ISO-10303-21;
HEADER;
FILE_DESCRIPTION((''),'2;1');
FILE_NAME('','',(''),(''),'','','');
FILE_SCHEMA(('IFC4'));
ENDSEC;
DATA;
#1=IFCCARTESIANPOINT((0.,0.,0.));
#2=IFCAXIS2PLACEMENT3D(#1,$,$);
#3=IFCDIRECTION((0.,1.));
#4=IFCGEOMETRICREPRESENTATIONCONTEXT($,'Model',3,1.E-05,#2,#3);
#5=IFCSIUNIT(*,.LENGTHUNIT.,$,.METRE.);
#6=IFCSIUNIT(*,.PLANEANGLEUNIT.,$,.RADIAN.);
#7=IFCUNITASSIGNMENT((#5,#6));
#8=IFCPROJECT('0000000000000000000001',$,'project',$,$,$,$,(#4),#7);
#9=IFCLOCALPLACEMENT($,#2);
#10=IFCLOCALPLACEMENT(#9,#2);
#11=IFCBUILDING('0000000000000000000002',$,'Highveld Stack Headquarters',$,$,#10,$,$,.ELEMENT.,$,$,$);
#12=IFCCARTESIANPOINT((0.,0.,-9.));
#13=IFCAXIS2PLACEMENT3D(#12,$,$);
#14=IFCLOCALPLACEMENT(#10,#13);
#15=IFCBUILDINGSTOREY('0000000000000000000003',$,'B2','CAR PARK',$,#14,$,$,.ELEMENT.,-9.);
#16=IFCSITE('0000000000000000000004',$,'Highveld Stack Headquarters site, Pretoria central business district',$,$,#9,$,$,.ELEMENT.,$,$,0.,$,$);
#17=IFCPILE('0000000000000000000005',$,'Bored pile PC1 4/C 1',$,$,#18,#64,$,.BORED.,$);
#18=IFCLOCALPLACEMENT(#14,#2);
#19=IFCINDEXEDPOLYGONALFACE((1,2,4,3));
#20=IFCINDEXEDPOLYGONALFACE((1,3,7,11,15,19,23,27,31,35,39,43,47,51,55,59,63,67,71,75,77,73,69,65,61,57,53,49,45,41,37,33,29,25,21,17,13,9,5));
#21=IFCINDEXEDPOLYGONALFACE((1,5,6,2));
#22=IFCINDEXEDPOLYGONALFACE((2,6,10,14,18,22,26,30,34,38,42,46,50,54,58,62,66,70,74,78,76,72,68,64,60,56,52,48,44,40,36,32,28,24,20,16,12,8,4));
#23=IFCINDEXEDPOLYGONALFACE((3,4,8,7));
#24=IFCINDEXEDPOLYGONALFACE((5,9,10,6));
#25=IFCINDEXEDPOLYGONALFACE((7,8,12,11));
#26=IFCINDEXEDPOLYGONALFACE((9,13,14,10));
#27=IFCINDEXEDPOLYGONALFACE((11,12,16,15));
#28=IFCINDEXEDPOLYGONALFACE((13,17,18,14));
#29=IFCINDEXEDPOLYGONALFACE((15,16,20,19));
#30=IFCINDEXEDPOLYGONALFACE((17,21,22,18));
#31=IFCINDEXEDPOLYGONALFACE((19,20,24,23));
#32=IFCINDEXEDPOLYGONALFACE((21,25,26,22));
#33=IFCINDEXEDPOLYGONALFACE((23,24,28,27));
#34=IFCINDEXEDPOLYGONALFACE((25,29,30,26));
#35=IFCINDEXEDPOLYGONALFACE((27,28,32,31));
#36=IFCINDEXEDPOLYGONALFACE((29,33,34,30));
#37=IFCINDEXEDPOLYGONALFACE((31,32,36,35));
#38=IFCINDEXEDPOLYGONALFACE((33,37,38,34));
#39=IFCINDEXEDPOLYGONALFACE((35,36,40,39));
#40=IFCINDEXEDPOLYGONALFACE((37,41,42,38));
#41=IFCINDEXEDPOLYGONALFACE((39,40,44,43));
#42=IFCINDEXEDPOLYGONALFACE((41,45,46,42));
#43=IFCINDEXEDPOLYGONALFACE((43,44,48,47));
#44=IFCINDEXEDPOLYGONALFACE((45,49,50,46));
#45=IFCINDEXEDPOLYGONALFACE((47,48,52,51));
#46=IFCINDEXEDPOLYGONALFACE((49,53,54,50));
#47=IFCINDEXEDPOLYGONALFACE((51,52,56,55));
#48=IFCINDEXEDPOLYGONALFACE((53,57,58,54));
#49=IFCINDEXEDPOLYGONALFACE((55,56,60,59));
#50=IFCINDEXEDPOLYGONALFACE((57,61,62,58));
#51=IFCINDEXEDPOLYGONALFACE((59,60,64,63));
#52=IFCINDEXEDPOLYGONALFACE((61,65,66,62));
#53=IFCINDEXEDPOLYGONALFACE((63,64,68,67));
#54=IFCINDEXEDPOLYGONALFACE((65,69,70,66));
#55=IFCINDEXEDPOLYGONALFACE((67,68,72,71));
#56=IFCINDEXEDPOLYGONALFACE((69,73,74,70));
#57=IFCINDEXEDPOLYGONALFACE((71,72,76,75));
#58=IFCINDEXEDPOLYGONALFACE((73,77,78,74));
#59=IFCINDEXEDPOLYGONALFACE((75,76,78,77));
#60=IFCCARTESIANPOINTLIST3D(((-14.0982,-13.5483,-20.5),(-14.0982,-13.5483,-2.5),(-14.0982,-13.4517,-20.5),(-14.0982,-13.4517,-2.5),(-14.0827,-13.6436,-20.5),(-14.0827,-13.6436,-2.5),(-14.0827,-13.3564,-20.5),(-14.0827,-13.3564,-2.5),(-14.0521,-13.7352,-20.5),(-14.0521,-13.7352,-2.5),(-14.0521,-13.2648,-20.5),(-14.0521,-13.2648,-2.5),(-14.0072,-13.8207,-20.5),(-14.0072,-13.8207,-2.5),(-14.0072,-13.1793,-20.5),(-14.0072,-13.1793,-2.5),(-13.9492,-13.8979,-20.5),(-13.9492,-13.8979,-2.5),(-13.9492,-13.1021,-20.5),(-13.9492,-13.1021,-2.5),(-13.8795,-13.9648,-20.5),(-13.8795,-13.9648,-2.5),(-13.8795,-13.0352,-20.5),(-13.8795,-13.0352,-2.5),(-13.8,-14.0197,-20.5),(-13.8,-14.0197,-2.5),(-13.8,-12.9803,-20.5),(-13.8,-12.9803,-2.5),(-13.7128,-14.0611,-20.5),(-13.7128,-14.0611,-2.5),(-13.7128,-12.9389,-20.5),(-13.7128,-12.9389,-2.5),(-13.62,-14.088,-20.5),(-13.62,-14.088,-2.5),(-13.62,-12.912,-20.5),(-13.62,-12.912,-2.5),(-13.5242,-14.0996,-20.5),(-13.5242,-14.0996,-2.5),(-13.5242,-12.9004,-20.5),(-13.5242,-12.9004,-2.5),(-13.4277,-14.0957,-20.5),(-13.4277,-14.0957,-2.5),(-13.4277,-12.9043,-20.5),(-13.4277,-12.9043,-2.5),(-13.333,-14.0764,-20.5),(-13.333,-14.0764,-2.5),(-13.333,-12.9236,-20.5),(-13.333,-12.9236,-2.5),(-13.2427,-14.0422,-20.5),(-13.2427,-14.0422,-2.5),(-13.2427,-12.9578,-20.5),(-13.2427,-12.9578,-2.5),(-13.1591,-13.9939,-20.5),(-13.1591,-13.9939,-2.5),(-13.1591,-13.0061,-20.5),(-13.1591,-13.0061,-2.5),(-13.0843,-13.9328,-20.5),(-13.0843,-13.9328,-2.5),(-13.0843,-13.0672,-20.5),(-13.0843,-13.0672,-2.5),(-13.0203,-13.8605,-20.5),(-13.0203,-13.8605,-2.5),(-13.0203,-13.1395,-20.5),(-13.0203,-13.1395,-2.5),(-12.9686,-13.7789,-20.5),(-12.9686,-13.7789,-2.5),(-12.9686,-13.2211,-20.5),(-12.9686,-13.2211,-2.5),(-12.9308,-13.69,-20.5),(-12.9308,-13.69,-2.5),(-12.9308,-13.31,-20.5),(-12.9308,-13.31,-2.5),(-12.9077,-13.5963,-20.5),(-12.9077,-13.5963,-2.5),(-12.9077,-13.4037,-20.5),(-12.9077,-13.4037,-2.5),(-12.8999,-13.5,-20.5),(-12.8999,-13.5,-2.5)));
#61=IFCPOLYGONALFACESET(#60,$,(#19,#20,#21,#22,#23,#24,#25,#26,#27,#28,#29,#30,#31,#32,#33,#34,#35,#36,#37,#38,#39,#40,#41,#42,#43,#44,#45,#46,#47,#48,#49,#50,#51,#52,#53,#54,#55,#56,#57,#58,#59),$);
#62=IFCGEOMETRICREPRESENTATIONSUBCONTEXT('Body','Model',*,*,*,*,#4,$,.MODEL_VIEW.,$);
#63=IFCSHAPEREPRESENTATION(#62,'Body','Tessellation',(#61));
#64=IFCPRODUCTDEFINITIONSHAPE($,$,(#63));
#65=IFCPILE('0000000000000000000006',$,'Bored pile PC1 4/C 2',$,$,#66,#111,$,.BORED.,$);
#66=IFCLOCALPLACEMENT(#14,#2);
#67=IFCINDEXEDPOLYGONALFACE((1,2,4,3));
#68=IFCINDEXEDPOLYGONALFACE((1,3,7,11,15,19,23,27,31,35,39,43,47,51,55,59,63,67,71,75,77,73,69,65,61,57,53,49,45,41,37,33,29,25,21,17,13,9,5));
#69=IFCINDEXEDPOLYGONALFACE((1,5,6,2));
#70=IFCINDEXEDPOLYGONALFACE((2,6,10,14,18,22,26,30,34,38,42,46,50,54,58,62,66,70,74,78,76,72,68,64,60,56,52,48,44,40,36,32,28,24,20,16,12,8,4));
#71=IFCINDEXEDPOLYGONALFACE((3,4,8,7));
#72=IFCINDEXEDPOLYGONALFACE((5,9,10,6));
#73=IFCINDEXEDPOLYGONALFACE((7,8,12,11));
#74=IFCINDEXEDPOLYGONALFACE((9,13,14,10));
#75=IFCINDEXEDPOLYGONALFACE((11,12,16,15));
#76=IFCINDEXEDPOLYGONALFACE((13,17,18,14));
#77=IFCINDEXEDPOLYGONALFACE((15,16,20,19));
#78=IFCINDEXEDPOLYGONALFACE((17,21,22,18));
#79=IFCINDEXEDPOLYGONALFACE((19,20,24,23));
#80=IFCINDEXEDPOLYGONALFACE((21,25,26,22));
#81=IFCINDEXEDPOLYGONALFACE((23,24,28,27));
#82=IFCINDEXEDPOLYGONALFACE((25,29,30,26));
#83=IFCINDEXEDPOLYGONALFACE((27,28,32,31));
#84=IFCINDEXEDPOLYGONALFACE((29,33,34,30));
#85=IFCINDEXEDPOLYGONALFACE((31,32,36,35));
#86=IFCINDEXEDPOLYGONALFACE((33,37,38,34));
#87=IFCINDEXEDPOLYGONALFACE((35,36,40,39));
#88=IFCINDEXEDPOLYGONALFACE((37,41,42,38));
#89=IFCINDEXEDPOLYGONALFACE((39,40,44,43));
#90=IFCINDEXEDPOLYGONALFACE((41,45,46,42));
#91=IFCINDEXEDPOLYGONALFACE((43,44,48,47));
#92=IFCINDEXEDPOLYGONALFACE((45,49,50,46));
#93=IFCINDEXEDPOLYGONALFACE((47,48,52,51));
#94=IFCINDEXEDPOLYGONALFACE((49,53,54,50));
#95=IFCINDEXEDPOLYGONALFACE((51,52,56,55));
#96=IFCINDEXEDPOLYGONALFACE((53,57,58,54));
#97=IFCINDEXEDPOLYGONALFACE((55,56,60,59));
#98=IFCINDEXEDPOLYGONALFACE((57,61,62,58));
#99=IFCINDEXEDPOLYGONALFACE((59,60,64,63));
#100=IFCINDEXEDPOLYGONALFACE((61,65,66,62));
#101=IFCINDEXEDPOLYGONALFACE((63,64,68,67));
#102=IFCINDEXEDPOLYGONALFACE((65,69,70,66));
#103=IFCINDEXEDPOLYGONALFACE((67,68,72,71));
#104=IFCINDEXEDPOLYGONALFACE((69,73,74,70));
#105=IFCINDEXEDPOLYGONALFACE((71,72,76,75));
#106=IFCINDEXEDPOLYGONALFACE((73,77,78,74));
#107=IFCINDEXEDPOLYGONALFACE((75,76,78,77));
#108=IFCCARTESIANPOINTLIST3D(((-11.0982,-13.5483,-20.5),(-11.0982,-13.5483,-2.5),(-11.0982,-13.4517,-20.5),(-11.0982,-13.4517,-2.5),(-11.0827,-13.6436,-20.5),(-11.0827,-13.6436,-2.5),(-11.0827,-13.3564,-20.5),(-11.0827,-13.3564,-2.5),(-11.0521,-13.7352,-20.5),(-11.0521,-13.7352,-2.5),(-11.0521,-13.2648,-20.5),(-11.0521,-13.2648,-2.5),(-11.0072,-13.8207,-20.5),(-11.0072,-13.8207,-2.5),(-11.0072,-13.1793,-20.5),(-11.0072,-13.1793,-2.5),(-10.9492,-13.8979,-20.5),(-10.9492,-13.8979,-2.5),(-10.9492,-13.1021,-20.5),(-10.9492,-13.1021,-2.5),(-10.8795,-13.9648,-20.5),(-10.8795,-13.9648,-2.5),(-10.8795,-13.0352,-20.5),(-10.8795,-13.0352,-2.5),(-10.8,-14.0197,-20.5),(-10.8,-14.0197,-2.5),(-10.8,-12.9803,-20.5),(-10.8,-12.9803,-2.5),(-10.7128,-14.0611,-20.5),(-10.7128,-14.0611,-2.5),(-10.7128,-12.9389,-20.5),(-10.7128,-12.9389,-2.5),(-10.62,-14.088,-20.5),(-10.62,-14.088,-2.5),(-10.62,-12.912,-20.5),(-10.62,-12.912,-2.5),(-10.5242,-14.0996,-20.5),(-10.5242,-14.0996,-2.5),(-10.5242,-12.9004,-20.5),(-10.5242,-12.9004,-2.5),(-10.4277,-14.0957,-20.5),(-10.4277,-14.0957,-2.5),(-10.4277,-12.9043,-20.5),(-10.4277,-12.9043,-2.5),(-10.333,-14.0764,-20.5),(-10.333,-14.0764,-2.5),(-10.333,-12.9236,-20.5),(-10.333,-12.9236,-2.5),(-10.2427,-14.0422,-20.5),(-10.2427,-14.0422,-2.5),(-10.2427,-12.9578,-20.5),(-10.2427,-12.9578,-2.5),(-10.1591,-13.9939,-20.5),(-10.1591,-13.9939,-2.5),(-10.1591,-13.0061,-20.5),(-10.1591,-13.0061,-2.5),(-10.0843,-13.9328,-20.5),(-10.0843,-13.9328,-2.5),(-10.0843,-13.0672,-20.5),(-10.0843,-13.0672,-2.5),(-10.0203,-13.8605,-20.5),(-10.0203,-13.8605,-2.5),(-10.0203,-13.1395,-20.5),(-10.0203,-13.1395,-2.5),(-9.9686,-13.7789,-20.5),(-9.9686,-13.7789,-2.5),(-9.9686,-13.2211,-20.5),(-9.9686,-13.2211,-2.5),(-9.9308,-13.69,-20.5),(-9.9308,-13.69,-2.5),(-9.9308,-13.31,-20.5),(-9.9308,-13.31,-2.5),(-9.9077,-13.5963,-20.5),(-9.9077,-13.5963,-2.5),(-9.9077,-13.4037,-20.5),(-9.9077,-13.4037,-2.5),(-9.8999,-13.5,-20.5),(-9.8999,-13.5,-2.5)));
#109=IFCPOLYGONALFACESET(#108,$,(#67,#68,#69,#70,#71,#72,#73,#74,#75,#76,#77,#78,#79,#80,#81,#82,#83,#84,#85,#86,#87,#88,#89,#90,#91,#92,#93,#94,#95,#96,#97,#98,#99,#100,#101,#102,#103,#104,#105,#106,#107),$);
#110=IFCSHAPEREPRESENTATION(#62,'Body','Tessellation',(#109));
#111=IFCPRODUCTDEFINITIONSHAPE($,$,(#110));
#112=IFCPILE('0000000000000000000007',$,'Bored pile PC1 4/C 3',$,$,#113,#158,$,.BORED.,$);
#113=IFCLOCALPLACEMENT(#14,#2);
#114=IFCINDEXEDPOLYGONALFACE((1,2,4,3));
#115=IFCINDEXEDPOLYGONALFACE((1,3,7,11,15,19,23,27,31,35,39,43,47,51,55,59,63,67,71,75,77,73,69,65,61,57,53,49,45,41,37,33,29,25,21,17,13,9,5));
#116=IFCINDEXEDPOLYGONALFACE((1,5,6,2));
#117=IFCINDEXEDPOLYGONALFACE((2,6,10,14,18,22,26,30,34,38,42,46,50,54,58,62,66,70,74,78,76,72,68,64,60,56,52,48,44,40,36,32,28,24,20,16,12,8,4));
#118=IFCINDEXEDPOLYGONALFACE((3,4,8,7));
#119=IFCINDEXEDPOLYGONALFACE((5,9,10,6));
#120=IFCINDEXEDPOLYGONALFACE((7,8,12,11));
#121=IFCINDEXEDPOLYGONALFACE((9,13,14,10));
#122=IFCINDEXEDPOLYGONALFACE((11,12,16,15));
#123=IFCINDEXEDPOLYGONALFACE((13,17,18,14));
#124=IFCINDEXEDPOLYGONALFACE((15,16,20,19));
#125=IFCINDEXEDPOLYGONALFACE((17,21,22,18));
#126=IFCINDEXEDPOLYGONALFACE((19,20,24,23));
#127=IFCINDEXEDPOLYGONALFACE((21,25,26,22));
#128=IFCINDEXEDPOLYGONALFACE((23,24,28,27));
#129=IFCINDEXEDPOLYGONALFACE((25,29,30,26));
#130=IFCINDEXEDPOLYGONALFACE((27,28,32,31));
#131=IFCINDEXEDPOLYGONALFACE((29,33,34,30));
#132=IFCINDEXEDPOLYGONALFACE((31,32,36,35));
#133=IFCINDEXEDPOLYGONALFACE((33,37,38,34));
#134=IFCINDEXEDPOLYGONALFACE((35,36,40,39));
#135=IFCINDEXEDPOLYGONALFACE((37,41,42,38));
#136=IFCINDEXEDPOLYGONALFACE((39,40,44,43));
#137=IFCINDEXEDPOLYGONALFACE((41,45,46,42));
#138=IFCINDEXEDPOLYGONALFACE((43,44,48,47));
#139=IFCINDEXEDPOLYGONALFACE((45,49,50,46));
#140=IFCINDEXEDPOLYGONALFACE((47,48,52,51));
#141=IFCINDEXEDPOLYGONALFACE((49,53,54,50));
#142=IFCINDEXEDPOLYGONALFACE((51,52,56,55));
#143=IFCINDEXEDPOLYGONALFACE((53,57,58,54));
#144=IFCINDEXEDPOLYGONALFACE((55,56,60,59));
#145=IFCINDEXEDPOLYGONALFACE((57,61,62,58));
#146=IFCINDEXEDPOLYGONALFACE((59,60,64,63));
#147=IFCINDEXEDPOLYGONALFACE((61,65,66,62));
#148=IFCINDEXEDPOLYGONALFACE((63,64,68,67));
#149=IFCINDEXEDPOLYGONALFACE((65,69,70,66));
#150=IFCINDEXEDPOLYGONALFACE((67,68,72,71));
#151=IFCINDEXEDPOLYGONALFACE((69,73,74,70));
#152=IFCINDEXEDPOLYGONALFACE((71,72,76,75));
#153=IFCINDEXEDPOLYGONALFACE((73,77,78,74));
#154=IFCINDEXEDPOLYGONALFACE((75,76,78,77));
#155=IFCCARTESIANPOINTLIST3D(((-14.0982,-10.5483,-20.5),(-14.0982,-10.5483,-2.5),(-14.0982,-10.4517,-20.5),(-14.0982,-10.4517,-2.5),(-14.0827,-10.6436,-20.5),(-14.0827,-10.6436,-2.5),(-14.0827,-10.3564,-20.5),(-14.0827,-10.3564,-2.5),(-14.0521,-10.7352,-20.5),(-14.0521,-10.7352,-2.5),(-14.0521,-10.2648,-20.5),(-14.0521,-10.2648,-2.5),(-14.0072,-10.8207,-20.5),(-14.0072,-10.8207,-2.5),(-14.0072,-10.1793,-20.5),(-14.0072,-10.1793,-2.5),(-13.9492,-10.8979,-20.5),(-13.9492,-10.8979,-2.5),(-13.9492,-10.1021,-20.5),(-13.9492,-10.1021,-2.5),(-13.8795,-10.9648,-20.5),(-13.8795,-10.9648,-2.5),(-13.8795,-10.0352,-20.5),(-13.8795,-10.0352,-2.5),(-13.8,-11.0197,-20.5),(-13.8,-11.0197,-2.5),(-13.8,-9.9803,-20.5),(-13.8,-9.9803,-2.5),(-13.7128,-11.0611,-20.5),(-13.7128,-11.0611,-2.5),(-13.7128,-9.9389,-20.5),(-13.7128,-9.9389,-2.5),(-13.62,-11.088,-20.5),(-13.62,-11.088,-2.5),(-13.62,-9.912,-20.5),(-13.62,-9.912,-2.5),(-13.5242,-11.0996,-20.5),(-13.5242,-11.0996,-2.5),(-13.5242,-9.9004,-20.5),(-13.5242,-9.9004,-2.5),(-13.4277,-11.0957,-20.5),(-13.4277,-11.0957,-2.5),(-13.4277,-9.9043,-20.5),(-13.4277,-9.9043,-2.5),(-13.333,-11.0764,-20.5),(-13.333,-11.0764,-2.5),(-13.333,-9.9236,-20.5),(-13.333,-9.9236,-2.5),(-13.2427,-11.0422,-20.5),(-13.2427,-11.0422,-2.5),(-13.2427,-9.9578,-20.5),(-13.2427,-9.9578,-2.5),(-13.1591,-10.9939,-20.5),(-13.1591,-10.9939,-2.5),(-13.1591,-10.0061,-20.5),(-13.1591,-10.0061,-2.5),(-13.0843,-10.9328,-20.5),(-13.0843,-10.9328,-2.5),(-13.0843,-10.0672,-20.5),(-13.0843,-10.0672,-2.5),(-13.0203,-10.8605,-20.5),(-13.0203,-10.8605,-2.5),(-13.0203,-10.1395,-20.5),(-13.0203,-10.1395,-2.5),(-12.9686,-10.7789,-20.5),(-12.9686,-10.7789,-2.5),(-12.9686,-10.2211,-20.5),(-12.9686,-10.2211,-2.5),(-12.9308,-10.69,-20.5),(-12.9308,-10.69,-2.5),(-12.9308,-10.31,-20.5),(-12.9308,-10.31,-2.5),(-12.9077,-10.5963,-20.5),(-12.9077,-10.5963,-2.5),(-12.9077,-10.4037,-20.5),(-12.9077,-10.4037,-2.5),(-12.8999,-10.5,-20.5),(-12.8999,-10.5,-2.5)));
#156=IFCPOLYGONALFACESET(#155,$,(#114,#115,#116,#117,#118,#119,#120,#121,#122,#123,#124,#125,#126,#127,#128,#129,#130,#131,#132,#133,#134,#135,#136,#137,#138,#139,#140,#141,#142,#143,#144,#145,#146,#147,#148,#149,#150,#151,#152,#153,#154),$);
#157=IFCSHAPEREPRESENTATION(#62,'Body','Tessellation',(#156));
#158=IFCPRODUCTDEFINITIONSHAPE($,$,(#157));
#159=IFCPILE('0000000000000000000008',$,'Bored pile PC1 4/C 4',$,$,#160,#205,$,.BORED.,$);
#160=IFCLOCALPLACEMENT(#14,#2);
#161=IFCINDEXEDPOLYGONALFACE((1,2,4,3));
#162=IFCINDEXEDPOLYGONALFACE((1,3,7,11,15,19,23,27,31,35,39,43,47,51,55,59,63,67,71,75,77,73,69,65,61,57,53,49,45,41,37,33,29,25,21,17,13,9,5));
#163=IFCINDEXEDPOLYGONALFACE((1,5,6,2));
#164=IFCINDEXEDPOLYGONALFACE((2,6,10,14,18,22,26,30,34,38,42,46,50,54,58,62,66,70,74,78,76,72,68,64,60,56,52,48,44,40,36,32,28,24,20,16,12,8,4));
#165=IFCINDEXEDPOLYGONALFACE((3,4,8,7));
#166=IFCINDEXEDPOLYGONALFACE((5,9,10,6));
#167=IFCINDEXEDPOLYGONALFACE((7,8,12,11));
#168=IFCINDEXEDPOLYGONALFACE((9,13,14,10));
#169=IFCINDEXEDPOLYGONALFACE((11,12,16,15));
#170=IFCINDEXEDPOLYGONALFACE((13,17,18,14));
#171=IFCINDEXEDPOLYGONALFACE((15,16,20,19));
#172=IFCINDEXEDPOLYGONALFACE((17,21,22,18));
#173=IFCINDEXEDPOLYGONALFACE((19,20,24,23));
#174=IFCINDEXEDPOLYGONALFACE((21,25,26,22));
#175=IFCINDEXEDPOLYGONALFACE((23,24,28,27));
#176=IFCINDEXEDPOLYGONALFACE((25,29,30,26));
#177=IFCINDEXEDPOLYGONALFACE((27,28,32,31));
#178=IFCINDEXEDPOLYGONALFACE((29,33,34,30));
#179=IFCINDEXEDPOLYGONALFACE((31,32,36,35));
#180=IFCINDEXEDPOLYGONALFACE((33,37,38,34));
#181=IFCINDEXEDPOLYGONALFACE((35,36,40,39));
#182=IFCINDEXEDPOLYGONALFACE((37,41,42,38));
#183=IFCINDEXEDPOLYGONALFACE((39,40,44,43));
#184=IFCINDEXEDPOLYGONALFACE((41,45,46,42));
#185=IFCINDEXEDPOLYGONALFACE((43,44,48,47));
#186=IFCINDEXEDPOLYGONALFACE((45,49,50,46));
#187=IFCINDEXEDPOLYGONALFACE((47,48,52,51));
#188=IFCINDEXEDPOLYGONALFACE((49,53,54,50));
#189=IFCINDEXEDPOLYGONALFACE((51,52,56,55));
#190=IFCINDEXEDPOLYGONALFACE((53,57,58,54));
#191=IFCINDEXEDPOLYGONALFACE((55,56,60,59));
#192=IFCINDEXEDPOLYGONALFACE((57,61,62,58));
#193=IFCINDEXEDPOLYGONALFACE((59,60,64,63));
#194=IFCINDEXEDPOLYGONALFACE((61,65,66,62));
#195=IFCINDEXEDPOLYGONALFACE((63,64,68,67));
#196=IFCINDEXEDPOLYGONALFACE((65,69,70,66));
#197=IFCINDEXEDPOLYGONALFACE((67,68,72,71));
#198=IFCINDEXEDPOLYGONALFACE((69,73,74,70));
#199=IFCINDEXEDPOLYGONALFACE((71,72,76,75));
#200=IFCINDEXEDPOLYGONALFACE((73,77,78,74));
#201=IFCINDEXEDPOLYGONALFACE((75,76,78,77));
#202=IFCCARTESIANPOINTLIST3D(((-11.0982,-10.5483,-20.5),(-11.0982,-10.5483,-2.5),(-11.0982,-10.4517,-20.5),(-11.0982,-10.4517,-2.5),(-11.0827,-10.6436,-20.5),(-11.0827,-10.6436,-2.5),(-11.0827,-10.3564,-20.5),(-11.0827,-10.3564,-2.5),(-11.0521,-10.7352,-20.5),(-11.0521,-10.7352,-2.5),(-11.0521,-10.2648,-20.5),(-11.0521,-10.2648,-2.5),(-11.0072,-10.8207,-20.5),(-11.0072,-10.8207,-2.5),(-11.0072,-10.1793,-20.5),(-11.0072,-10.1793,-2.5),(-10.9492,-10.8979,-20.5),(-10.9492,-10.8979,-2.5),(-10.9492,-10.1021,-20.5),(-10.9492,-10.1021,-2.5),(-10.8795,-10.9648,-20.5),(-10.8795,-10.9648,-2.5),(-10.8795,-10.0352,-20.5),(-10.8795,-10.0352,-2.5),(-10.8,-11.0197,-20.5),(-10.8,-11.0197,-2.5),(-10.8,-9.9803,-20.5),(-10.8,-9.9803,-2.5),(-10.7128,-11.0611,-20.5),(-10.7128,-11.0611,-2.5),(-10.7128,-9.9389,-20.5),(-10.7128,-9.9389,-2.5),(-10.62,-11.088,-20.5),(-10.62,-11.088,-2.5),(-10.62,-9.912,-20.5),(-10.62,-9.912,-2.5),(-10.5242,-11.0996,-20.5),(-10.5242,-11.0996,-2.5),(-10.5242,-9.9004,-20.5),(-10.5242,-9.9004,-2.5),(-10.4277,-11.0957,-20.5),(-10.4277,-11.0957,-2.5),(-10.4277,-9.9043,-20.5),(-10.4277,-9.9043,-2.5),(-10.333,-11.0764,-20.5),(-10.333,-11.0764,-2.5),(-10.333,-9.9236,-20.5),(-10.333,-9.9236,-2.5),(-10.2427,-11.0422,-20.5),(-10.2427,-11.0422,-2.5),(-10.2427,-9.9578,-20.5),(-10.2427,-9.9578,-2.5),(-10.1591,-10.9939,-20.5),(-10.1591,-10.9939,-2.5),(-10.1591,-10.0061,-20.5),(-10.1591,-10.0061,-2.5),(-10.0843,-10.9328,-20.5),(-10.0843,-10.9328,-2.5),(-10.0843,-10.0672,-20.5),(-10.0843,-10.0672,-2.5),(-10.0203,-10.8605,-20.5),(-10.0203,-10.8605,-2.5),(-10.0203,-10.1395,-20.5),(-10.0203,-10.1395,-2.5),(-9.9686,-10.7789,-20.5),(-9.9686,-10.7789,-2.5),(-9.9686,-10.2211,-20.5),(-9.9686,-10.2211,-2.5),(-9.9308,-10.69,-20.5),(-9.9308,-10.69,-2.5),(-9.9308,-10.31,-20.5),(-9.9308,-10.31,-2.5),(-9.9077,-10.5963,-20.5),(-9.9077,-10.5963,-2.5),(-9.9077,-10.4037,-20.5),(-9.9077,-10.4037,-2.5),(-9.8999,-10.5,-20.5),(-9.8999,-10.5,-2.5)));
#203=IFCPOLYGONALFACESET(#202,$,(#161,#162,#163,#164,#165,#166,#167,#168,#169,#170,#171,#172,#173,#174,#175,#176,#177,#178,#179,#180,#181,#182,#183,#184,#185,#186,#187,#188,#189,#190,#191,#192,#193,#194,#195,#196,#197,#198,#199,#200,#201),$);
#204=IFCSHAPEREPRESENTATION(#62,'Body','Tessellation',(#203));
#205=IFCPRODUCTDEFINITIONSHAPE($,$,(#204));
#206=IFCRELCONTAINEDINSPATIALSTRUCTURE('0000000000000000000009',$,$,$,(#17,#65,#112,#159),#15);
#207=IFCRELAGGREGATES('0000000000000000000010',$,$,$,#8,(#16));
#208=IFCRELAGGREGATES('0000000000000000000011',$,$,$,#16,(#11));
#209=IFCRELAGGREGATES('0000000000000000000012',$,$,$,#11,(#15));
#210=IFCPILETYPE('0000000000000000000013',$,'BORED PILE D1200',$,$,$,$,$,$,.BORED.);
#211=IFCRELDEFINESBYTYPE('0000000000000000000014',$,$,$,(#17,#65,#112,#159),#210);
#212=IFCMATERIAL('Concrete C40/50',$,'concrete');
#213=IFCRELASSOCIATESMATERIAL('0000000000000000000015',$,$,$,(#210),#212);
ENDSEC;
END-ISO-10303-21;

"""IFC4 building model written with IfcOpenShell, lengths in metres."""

from ifc_helpers import new_model, si_unit, direction, frame, origin, origin_2d, place, context, subcontext, project, spatial, circle, extrude, material, type_object, element, save


model = new_model("IFC4")

# Units and contexts
model_context = context("Model", 3, precision=1e-05, world=origin(), true_north=direction((0.0, 1.0)))
body_context = subcontext(model_context, "Body", "Model", "MODEL_VIEW")
ifc_project = project(units=[si_unit("LENGTHUNIT", "METRE"), si_unit("PLANEANGLEUNIT", "RADIAN")], contexts=[model_context])

# Site, building, storey
site_placement = place(None, origin())
site = spatial("IfcSite", under=ifc_project, at=site_placement, Name="Highveld Stack Headquarters site, Pretoria central business district", CompositionType="ELEMENT", RefElevation=0.0)
building_placement = place(site_placement, origin())
building = spatial("IfcBuilding", under=site, at=building_placement, Name="Highveld Stack Headquarters", CompositionType="ELEMENT")
storey_placement = place(building_placement, frame((0.0, 0.0, -9.0)))
storey = spatial("IfcBuildingStorey", under=building, at=storey_placement, Name="B2", Description="CAR PARK", CompositionType="ELEMENT", Elevation=-9.0)

# Piles
ifc_material_1 = material(Name="Concrete C40/50", Category="concrete")
pile_type_1 = type_object("IfcPileType", Name="BORED PILE D1200", PredefinedType="BORED", material=ifc_material_1)
for number, where, z_axis, x_axis, name in (
    (1, (-13.5, -13.5, -2.5), (0.0, 0.0, -1.0), (1.0, 0.0, 0.0), "Bored pile PC1 4/C 1"),
    (2, (-10.5, -13.5, -2.5), (0.0, 0.0, -1.0), (1.0, 0.0, 0.0), "Bored pile PC1 4/C 2"),
    (3, (-13.5, -10.5, -2.5), (0.0, 0.0, -1.0), (1.0, 0.0, 0.0), "Bored pile PC1 4/C 3"),
    (4, (-10.5, -10.5, -2.5), (0.0, 0.0, -1.0), (1.0, 0.0, 0.0), "Bored pile PC1 4/C 4"),
):
    element("IfcPile", number, at=place(storey_placement, frame(where, z_axis=z_axis, x_axis=x_axis)), inside=storey, type_object=pile_type_1, Name=name, PredefinedType="BORED", context=body_context, shape_type="SweptSolid", body=[
        extrude(circle(Radius=0.6001, at=origin_2d()), origin(), (0.0, 0.0, 1.0), 18.0),
    ])

save(model, "model.ifc")
